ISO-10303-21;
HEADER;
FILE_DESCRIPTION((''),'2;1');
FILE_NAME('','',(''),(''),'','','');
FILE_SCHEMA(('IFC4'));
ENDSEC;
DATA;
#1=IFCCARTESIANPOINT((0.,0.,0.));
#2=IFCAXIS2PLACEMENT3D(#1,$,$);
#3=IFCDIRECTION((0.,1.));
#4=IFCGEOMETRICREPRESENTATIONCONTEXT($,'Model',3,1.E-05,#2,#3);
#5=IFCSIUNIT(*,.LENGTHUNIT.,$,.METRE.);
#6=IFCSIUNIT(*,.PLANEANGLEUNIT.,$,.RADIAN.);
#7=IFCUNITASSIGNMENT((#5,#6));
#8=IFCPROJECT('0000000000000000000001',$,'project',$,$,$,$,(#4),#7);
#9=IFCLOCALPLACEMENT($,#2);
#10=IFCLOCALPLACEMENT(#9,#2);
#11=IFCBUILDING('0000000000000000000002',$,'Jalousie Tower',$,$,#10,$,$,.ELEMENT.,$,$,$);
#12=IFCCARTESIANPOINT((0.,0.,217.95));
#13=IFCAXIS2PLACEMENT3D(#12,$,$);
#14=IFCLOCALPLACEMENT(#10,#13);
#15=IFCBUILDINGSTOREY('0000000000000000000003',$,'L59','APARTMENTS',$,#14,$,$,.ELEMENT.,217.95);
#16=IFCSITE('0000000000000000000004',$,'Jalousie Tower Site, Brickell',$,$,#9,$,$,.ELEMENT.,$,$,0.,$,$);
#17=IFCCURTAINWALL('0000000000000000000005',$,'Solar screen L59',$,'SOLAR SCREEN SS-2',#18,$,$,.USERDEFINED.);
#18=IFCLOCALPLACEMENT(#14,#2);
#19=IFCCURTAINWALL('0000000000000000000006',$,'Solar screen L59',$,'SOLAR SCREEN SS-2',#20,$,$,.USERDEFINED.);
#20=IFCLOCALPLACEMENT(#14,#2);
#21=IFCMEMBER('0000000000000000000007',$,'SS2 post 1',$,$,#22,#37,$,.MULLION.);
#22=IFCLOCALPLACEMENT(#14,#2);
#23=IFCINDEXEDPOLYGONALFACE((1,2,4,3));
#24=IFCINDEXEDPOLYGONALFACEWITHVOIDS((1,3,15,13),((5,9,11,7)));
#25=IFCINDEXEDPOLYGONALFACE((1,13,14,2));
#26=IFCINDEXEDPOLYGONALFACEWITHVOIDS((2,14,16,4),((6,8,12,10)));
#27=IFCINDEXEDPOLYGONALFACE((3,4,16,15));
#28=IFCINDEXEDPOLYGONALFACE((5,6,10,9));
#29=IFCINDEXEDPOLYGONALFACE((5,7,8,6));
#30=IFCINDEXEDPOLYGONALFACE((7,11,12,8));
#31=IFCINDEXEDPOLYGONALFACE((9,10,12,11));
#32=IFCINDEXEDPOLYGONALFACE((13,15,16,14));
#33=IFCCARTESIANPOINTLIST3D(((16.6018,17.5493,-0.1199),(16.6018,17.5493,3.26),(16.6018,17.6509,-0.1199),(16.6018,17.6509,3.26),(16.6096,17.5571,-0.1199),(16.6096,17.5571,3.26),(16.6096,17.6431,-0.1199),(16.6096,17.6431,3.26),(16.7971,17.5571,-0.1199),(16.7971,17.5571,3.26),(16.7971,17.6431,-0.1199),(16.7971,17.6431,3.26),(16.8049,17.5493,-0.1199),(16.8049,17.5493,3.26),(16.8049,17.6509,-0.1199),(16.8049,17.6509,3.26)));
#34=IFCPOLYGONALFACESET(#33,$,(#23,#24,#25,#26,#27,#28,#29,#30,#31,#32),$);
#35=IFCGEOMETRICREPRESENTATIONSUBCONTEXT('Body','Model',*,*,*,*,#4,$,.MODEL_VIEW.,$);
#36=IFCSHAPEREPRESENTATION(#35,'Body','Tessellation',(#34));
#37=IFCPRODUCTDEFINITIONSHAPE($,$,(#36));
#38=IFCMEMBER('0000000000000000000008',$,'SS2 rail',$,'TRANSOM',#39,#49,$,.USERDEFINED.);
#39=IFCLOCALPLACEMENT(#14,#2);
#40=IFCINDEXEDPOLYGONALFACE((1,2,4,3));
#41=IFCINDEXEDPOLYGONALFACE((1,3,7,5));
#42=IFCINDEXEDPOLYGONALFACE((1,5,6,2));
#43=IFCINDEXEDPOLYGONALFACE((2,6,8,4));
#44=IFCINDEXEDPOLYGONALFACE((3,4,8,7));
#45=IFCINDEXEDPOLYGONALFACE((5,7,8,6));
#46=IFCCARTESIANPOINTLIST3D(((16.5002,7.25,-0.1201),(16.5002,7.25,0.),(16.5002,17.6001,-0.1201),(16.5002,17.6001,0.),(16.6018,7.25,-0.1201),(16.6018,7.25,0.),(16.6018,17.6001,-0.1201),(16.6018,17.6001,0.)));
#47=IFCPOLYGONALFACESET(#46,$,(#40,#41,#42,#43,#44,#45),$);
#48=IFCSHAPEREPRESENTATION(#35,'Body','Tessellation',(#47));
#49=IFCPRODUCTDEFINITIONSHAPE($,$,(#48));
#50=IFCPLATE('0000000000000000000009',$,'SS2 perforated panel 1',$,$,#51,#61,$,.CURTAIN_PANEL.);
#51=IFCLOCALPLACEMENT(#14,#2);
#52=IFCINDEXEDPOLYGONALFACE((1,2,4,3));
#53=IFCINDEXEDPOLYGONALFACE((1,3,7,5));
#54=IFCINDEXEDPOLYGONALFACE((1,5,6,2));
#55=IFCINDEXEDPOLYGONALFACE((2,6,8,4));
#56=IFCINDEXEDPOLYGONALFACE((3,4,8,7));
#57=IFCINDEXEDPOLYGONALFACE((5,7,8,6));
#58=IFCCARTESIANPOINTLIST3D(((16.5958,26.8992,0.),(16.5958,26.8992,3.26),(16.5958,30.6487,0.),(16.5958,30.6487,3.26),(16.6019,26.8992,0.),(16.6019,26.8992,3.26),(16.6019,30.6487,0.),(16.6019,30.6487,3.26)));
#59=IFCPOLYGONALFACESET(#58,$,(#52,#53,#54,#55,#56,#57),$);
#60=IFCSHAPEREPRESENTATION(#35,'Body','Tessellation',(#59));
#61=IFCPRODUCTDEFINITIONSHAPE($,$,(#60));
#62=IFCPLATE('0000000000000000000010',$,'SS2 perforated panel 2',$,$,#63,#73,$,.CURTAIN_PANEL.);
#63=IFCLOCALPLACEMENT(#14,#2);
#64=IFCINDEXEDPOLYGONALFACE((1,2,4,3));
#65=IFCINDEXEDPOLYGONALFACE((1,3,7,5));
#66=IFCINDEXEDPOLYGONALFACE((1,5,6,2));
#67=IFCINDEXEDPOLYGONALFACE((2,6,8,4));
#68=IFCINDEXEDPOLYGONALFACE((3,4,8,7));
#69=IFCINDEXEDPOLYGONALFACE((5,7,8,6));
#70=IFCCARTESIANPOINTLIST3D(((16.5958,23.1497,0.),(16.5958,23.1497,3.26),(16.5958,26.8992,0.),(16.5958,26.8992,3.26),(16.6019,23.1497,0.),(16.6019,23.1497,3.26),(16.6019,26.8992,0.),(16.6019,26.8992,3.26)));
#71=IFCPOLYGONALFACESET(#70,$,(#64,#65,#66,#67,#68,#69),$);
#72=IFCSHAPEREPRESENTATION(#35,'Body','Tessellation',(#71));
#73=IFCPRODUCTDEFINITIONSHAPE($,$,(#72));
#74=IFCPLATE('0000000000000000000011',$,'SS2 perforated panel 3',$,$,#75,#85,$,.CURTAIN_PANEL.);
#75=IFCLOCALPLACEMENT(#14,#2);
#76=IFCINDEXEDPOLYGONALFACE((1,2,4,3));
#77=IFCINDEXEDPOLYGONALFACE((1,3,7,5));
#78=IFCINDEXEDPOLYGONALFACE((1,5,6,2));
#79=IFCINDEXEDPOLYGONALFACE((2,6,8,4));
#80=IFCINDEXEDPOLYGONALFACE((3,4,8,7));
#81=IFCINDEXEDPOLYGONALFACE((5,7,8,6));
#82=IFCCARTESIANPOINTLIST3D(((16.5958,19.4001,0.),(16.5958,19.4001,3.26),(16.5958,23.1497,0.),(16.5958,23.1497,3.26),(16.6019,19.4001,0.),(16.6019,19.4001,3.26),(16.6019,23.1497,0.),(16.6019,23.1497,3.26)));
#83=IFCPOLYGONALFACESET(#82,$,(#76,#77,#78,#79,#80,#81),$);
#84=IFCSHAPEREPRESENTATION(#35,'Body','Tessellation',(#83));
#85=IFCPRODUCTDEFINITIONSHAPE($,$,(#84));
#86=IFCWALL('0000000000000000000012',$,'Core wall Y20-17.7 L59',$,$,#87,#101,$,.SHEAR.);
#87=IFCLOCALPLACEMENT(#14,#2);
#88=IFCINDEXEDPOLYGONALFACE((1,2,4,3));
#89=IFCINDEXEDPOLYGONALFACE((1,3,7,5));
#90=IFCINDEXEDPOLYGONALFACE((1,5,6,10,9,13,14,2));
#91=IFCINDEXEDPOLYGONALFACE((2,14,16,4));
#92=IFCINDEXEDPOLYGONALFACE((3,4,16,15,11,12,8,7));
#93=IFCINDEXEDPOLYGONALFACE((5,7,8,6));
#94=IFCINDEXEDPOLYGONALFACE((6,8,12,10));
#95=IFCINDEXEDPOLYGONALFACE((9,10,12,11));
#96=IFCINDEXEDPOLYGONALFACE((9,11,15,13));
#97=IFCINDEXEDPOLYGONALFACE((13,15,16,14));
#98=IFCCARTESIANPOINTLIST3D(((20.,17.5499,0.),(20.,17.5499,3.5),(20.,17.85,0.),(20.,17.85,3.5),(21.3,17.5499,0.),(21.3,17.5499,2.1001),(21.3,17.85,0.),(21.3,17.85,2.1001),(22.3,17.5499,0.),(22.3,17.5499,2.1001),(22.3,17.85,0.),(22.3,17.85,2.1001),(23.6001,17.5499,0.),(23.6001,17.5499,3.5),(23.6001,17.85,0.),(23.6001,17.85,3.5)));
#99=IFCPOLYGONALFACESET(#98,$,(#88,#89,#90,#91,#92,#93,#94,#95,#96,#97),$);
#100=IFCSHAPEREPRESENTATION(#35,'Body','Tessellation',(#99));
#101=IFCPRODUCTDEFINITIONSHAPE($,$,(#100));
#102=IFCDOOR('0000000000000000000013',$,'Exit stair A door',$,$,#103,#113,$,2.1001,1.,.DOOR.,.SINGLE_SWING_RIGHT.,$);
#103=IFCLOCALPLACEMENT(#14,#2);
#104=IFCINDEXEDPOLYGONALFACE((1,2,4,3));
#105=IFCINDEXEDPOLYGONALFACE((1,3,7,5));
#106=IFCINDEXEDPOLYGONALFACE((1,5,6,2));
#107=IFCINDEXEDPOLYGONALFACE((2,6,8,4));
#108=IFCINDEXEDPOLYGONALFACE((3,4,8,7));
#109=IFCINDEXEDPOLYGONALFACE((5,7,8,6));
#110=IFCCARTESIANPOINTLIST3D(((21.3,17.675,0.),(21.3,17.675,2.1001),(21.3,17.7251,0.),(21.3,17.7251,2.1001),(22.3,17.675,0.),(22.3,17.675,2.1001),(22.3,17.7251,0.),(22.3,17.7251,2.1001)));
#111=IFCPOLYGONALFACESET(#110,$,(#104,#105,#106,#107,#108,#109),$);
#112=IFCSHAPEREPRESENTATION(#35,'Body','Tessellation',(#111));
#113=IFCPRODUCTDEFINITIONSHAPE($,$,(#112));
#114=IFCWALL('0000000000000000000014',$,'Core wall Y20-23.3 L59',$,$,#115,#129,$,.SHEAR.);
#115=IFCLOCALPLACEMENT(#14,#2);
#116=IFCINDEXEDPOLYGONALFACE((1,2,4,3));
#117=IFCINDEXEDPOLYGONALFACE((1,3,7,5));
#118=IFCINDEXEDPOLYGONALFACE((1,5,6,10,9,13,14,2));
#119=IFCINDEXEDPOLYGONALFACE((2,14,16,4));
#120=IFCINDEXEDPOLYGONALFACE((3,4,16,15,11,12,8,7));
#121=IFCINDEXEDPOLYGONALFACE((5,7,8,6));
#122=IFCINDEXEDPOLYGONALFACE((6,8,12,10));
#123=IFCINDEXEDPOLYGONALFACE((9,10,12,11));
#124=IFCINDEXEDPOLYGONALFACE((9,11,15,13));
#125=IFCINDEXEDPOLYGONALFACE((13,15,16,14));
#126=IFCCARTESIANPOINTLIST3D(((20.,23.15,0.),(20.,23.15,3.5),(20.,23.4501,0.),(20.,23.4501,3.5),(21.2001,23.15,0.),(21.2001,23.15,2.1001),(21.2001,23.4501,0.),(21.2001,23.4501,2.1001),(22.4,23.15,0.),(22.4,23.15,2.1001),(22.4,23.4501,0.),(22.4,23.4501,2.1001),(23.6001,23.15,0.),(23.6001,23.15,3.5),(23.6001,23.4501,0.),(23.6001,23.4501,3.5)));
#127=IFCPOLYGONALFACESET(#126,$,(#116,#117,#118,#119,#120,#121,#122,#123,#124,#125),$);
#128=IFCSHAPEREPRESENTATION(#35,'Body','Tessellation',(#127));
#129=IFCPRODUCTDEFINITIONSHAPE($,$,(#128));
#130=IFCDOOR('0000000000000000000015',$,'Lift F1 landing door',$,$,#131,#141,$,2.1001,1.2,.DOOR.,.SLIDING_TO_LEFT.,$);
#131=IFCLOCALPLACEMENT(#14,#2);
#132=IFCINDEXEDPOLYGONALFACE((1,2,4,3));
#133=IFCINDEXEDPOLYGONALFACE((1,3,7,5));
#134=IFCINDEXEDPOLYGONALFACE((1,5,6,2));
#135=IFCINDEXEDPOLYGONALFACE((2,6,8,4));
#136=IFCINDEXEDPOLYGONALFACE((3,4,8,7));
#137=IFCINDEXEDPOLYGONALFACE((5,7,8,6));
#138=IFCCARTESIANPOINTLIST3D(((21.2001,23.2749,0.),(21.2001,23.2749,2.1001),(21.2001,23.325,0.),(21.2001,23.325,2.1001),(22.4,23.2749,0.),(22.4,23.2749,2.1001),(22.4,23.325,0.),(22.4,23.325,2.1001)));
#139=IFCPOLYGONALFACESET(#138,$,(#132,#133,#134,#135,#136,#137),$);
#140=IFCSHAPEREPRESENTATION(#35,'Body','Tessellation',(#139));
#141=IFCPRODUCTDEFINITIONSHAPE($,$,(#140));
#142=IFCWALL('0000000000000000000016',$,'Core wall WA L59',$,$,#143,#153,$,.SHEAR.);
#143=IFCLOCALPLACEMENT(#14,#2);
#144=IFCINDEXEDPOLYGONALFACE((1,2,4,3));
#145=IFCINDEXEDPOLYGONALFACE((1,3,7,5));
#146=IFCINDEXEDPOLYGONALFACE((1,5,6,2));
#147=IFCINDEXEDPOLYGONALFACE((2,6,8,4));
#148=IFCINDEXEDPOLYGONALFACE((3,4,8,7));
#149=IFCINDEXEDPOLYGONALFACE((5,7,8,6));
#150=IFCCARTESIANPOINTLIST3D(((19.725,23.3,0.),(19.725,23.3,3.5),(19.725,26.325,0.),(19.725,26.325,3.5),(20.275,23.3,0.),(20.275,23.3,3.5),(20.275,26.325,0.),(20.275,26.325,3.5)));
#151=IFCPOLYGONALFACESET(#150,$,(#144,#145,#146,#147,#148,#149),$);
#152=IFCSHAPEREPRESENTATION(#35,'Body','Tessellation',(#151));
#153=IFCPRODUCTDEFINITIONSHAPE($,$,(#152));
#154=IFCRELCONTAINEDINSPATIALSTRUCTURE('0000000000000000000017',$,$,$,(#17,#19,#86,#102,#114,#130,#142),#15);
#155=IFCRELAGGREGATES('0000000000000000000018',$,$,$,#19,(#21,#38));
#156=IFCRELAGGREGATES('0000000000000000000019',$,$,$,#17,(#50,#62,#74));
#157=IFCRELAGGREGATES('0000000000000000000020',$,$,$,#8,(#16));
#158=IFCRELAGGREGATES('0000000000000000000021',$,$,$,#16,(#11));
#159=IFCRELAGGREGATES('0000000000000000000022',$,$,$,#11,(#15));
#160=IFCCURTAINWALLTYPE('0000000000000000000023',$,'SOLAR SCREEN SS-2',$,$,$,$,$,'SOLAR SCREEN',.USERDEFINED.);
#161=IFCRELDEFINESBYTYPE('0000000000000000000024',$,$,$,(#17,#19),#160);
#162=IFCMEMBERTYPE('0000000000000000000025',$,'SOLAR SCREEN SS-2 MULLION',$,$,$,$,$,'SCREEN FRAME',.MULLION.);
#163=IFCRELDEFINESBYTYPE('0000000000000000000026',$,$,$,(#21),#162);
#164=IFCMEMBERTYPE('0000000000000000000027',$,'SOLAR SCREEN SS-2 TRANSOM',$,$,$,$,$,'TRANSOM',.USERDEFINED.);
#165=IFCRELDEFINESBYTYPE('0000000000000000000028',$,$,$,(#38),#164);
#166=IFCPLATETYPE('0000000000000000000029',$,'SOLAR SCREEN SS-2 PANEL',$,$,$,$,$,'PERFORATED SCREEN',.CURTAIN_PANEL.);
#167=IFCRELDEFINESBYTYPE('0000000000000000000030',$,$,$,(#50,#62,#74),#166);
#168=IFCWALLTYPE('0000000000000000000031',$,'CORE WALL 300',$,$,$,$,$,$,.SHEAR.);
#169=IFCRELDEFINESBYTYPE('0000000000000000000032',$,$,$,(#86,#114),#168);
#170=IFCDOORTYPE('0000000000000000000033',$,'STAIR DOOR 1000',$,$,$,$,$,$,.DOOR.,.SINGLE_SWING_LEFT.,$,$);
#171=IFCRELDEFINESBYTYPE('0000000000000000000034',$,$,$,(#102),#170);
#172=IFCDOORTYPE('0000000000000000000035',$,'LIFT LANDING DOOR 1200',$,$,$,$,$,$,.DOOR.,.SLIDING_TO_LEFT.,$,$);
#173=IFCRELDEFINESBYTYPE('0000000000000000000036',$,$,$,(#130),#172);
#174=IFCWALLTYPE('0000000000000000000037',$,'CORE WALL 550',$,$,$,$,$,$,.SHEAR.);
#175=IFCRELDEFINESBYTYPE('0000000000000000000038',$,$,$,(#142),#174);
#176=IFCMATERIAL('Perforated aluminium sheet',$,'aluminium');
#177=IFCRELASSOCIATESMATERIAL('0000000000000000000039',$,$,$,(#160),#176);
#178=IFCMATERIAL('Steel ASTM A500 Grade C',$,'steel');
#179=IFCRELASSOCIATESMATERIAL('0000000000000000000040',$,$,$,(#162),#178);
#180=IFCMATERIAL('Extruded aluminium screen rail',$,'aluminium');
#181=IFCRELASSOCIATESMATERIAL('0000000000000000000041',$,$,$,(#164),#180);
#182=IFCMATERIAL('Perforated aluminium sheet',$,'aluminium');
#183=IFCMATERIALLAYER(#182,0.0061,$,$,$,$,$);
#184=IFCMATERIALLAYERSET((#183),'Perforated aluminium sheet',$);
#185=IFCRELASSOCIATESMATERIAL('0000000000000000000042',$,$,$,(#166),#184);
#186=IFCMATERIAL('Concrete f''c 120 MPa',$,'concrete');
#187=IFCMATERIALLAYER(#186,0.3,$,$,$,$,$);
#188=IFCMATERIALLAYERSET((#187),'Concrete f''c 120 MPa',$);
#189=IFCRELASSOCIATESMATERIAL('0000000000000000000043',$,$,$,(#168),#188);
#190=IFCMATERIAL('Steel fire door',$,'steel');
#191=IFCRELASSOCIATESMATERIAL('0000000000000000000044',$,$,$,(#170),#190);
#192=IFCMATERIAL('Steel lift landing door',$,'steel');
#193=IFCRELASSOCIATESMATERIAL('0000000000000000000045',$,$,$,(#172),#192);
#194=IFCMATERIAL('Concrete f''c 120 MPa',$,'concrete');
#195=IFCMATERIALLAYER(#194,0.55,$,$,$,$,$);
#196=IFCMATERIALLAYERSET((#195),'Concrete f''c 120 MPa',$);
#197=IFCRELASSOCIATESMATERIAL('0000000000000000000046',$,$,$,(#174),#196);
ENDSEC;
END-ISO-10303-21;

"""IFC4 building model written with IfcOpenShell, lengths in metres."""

from ifc_helpers import new_model, si_unit, direction, frame, frame_2d, origin, origin_2d, place, context, subcontext, project, spatial, rectangle, hollow_rectangle, extrude, material, layer, layer_set, material_profile, profile_set, type_object, element, fill, aggregate, save


model = new_model("IFC4")

# Units and contexts
model_context = context("Model", 3, precision=1e-05, world=origin(), true_north=direction((0.0, 1.0)))
body_context = subcontext(model_context, "Body", "Model", "MODEL_VIEW")
ifc_project = project(units=[si_unit("LENGTHUNIT", "METRE"), si_unit("PLANEANGLEUNIT", "RADIAN")], contexts=[model_context])

# Site, building, storey
site_placement = place(None, origin())
site = spatial("IfcSite", under=ifc_project, at=site_placement, Name="Jalousie Tower Site, Brickell", CompositionType="ELEMENT", RefElevation=0.0)
building_placement = place(site_placement, origin())
building = spatial("IfcBuilding", under=site, at=building_placement, Name="Jalousie Tower", CompositionType="ELEMENT")
storey_placement = place(building_placement, frame((0.0, 0.0, 217.95)))
storey = spatial("IfcBuildingStorey", under=building, at=storey_placement, Name="L59", Description="APARTMENTS", CompositionType="ELEMENT", Elevation=217.95)

# Curtain walls, members
ifc_material_1 = material(Name="Perforated aluminium sheet", Category="aluminium")
curtain_wall_type = type_object("IfcCurtainWallType", Name="SOLAR SCREEN SS-2", ElementType="SOLAR SCREEN", PredefinedType="USERDEFINED", material=ifc_material_1)
curtain_wall_1_placement = place(storey_placement, origin())
curtain_wall_1 = element("IfcCurtainWall", 1, at=curtain_wall_1_placement, inside=storey, type_object=curtain_wall_type, Name="Solar screen L59", ObjectType="SOLAR SCREEN SS-2", PredefinedType="USERDEFINED")
ifc_material_2 = material(Name="Steel ASTM A500 Grade C", Category="steel")
ifc_material_profile_1 = material_profile(ifc_material_2, hollow_rectangle(XDim=0.1016, YDim=0.2031, WallThickness=0.0078, at=origin_2d()), Name="HSS8X4X5/16")
ifc_profile_set_1 = profile_set([ifc_material_profile_1], Name="Steel ASTM A500 Grade C")
member_type_1 = type_object("IfcMemberType", Name="SOLAR SCREEN SS-2 MULLION", ElementType="SCREEN FRAME", PredefinedType="MULLION", material=ifc_profile_set_1)
curtain_wall_2_placement = place(storey_placement, origin())
curtain_wall_2 = element("IfcCurtainWall", 2, at=curtain_wall_2_placement, inside=storey, type_object=curtain_wall_type, Name="Solar screen L59", ObjectType="SOLAR SCREEN SS-2", PredefinedType="USERDEFINED")
member_1_placement = place(storey_placement, frame((16.7034, 17.6001, -0.1199), z_axis=(0.0, 0.0, 1.0), x_axis=(0.0, -1.0, 0.0)))
member_1 = element("IfcMember", 3, at=member_1_placement, type_object=member_type_1, Name="SS2 post 1", PredefinedType="MULLION", context=body_context, shape_type="SweptSolid", body=[
    extrude(hollow_rectangle(XDim=0.1016, YDim=0.2031, WallThickness=0.0078, at=origin_2d()), origin(), (0.0, 0.0, 1.0), 3.3799),
])
ifc_material_3 = material(Name="Extruded aluminium screen rail", Category="aluminium")
ifc_material_profile_2 = material_profile(ifc_material_3, rectangle(XDim=0.1016, YDim=0.1201, at=origin_2d()), Name="RAIL 102x120")
ifc_profile_set_2 = profile_set([ifc_material_profile_2], Name="Extruded aluminium screen rail")
member_type_2 = type_object("IfcMemberType", Name="SOLAR SCREEN SS-2 TRANSOM", ElementType="TRANSOM", PredefinedType="USERDEFINED", material=ifc_profile_set_2)
member_2_placement = place(storey_placement, frame((16.551, 17.6001, -0.0601), z_axis=(0.0, -1.0, 0.0), x_axis=(1.0, 0.0, 0.0)))
member_2 = element("IfcMember", 4, at=member_2_placement, type_object=member_type_2, Name="SS2 rail", ObjectType="TRANSOM", PredefinedType="USERDEFINED", context=body_context, shape_type="SweptSolid", body=[
    extrude(rectangle(XDim=0.1016, YDim=0.1201, at=origin_2d()), origin(), (0.0, 0.0, 1.0), 10.3501),
])
aggregate(curtain_wall_2, [member_1, member_2])

# Plates
ifc_material_4 = material(Name="Perforated aluminium sheet", Category="aluminium")
ifc_layer_1 = layer(ifc_material_4, 0.0061)
ifc_layer_set_1 = layer_set([ifc_layer_1], Name="Perforated aluminium sheet")
plate_type = type_object("IfcPlateType", Name="SOLAR SCREEN SS-2 PANEL", ElementType="PERFORATED SCREEN", PredefinedType="CURTAIN_PANEL", material=ifc_layer_set_1)
plate_1_placement = place(storey_placement, frame((16.5989, 28.7739, 0.0), z_axis=(0.0, 0.0, 1.0), x_axis=(0.0, -1.0, 0.0)))
plate_1 = element("IfcPlate", 5, at=plate_1_placement, type_object=plate_type, Name="SS2 perforated panel 1", PredefinedType="CURTAIN_PANEL", context=body_context, shape_type="SweptSolid", body=[
    extrude(rectangle(XDim=3.7495, YDim=0.0061, at=origin_2d()), origin(), (0.0, 0.0, 1.0), 3.26),
])
plate_2_placement = place(storey_placement, frame((16.5989, 25.0244, 0.0), z_axis=(0.0, 0.0, 1.0), x_axis=(0.0, -1.0, 0.0)))
plate_2 = element("IfcPlate", 6, at=plate_2_placement, type_object=plate_type, Name="SS2 perforated panel 2", PredefinedType="CURTAIN_PANEL", context=body_context, shape_type="SweptSolid", body=[
    extrude(rectangle(XDim=3.7495, YDim=0.0061, at=origin_2d()), origin(), (0.0, 0.0, 1.0), 3.26),
])
plate_3_placement = place(storey_placement, frame((16.5989, 21.2749, 0.0), z_axis=(0.0, 0.0, 1.0), x_axis=(0.0, -1.0, 0.0)))
plate_3 = element("IfcPlate", 7, at=plate_3_placement, type_object=plate_type, Name="SS2 perforated panel 3", PredefinedType="CURTAIN_PANEL", context=body_context, shape_type="SweptSolid", body=[
    extrude(rectangle(XDim=3.7495, YDim=0.0061, at=origin_2d()), origin(), (0.0, 0.0, 1.0), 3.26),
])
aggregate(curtain_wall_1, [plate_1, plate_2, plate_3])

# Walls, openings, doors
ifc_material_5 = material(Name="Concrete f'c 120 MPa", Category="concrete")
ifc_layer_2 = layer(ifc_material_5, 0.3)
ifc_layer_set_2 = layer_set([ifc_layer_2], Name="Concrete f'c 120 MPa")
wall_type_1 = type_object("IfcWallType", Name="CORE WALL 300", PredefinedType="SHEAR", material=ifc_layer_set_2)
wall_1_placement = place(storey_placement, frame((20.0, 17.7, 0.0), z_axis=(0.0, 0.0, 1.0), x_axis=(1.0, 0.0, 0.0)))
wall_1 = element("IfcWall", 8, at=wall_1_placement, inside=storey, type_object=wall_type_1, Name="Core wall Y20-17.7 L59", PredefinedType="SHEAR", context=body_context, shape_type="SweptSolid", body=[
    extrude(rectangle(XDim=3.6001, YDim=0.3, at=frame_2d((1.8, 0.0))), origin(), (0.0, 0.0, 1.0), 3.5),
])
opening_1_placement = place(wall_1_placement, frame((1.3, 0.0, 0.0)))
opening_1 = element("IfcOpeningElement", 9, at=opening_1_placement, cuts=wall_1, PredefinedType="OPENING", context=body_context, shape_type="SweptSolid", body=[
    extrude(rectangle(XDim=1.0, YDim=2.1001, at=frame_2d((0.5, 1.05))), frame((0.0, 0.1599, 0.0), z_axis=(0.0, -1.0, 0.0), x_axis=(1.0, 0.0, 0.0)), (0.0, 0.0, 1.0), 0.3201),
])
ifc_material_6 = material(Name="Steel fire door", Category="steel")
door_type_1 = type_object("IfcDoorType", Name="STAIR DOOR 1000", OperationType="SINGLE_SWING_LEFT", PredefinedType="DOOR", material=ifc_material_6)
door_1_placement = place(opening_1_placement, frame((1.0, 0.0, 0.0), z_axis=(0.0, 0.0, 1.0), x_axis=(-1.0, 0.0, 0.0)))
door_1 = element("IfcDoor", 10, at=door_1_placement, inside=storey, type_object=door_type_1, Name="Exit stair A door", OperationType="SINGLE_SWING_RIGHT", OverallHeight=2.1001, OverallWidth=1.0, PredefinedType="DOOR", context=body_context, shape_type="SweptSolid", body=[
    extrude(rectangle(XDim=1.0, YDim=2.1001, at=frame_2d((0.5, 1.05))), frame((0.0, 0.0249, 0.0), z_axis=(0.0, -1.0, 0.0), x_axis=(1.0, 0.0, 0.0)), (0.0, 0.0, 1.0), 0.05),
])
fill(opening_1, door_1)
wall_2_placement = place(storey_placement, frame((20.0, 23.3, 0.0), z_axis=(0.0, 0.0, 1.0), x_axis=(1.0, 0.0, 0.0)))
wall_2 = element("IfcWall", 11, at=wall_2_placement, inside=storey, type_object=wall_type_1, Name="Core wall Y20-23.3 L59", PredefinedType="SHEAR", context=body_context, shape_type="SweptSolid", body=[
    extrude(rectangle(XDim=3.6001, YDim=0.3, at=frame_2d((1.8, 0.0))), origin(), (0.0, 0.0, 1.0), 3.5),
])
opening_2_placement = place(wall_2_placement, frame((1.2, 0.0, 0.0)))
opening_2 = element("IfcOpeningElement", 12, at=opening_2_placement, cuts=wall_2, PredefinedType="OPENING", context=body_context, shape_type="SweptSolid", body=[
    extrude(rectangle(XDim=1.2, YDim=2.1001, at=frame_2d((0.6001, 1.05))), frame((0.0, 0.1599, 0.0), z_axis=(0.0, -1.0, 0.0), x_axis=(1.0, 0.0, 0.0)), (0.0, 0.0, 1.0), 0.3201),
])
ifc_material_7 = material(Name="Steel lift landing door", Category="steel")
door_type_2 = type_object("IfcDoorType", Name="LIFT LANDING DOOR 1200", OperationType="SLIDING_TO_LEFT", PredefinedType="DOOR", material=ifc_material_7)
door_2_placement = place(opening_2_placement, origin())
door_2 = element("IfcDoor", 13, at=door_2_placement, inside=storey, type_object=door_type_2, Name="Lift F1 landing door", OperationType="SLIDING_TO_LEFT", OverallHeight=2.1001, OverallWidth=1.2, PredefinedType="DOOR", context=body_context, shape_type="SweptSolid", body=[
    extrude(rectangle(XDim=1.2, YDim=2.1001, at=frame_2d((0.6001, 1.05))), frame((0.0, 0.0249, 0.0), z_axis=(0.0, -1.0, 0.0), x_axis=(1.0, 0.0, 0.0)), (0.0, 0.0, 1.0), 0.05),
])
fill(opening_2, door_2)

# Wall
ifc_material_8 = material(Name="Concrete f'c 120 MPa", Category="concrete")
ifc_layer_3 = layer(ifc_material_8, 0.55)
ifc_layer_set_3 = layer_set([ifc_layer_3], Name="Concrete f'c 120 MPa")
wall_type_2 = type_object("IfcWallType", Name="CORE WALL 550", PredefinedType="SHEAR", material=ifc_layer_set_3)
wall_3_placement = place(storey_placement, frame((20.0, 26.325, 0.0), z_axis=(0.0, 0.0, 1.0), x_axis=(0.0, -1.0, 0.0)))
element("IfcWall", 14, at=wall_3_placement, inside=storey, type_object=wall_type_2, Name="Core wall WA L59", PredefinedType="SHEAR", context=body_context, shape_type="SweptSolid", body=[
    extrude(rectangle(XDim=3.0249, YDim=0.55, at=frame_2d((1.5125, 0.0))), origin(), (0.0, 0.0, 1.0), 3.5),
])

save(model, "model.ifc")
